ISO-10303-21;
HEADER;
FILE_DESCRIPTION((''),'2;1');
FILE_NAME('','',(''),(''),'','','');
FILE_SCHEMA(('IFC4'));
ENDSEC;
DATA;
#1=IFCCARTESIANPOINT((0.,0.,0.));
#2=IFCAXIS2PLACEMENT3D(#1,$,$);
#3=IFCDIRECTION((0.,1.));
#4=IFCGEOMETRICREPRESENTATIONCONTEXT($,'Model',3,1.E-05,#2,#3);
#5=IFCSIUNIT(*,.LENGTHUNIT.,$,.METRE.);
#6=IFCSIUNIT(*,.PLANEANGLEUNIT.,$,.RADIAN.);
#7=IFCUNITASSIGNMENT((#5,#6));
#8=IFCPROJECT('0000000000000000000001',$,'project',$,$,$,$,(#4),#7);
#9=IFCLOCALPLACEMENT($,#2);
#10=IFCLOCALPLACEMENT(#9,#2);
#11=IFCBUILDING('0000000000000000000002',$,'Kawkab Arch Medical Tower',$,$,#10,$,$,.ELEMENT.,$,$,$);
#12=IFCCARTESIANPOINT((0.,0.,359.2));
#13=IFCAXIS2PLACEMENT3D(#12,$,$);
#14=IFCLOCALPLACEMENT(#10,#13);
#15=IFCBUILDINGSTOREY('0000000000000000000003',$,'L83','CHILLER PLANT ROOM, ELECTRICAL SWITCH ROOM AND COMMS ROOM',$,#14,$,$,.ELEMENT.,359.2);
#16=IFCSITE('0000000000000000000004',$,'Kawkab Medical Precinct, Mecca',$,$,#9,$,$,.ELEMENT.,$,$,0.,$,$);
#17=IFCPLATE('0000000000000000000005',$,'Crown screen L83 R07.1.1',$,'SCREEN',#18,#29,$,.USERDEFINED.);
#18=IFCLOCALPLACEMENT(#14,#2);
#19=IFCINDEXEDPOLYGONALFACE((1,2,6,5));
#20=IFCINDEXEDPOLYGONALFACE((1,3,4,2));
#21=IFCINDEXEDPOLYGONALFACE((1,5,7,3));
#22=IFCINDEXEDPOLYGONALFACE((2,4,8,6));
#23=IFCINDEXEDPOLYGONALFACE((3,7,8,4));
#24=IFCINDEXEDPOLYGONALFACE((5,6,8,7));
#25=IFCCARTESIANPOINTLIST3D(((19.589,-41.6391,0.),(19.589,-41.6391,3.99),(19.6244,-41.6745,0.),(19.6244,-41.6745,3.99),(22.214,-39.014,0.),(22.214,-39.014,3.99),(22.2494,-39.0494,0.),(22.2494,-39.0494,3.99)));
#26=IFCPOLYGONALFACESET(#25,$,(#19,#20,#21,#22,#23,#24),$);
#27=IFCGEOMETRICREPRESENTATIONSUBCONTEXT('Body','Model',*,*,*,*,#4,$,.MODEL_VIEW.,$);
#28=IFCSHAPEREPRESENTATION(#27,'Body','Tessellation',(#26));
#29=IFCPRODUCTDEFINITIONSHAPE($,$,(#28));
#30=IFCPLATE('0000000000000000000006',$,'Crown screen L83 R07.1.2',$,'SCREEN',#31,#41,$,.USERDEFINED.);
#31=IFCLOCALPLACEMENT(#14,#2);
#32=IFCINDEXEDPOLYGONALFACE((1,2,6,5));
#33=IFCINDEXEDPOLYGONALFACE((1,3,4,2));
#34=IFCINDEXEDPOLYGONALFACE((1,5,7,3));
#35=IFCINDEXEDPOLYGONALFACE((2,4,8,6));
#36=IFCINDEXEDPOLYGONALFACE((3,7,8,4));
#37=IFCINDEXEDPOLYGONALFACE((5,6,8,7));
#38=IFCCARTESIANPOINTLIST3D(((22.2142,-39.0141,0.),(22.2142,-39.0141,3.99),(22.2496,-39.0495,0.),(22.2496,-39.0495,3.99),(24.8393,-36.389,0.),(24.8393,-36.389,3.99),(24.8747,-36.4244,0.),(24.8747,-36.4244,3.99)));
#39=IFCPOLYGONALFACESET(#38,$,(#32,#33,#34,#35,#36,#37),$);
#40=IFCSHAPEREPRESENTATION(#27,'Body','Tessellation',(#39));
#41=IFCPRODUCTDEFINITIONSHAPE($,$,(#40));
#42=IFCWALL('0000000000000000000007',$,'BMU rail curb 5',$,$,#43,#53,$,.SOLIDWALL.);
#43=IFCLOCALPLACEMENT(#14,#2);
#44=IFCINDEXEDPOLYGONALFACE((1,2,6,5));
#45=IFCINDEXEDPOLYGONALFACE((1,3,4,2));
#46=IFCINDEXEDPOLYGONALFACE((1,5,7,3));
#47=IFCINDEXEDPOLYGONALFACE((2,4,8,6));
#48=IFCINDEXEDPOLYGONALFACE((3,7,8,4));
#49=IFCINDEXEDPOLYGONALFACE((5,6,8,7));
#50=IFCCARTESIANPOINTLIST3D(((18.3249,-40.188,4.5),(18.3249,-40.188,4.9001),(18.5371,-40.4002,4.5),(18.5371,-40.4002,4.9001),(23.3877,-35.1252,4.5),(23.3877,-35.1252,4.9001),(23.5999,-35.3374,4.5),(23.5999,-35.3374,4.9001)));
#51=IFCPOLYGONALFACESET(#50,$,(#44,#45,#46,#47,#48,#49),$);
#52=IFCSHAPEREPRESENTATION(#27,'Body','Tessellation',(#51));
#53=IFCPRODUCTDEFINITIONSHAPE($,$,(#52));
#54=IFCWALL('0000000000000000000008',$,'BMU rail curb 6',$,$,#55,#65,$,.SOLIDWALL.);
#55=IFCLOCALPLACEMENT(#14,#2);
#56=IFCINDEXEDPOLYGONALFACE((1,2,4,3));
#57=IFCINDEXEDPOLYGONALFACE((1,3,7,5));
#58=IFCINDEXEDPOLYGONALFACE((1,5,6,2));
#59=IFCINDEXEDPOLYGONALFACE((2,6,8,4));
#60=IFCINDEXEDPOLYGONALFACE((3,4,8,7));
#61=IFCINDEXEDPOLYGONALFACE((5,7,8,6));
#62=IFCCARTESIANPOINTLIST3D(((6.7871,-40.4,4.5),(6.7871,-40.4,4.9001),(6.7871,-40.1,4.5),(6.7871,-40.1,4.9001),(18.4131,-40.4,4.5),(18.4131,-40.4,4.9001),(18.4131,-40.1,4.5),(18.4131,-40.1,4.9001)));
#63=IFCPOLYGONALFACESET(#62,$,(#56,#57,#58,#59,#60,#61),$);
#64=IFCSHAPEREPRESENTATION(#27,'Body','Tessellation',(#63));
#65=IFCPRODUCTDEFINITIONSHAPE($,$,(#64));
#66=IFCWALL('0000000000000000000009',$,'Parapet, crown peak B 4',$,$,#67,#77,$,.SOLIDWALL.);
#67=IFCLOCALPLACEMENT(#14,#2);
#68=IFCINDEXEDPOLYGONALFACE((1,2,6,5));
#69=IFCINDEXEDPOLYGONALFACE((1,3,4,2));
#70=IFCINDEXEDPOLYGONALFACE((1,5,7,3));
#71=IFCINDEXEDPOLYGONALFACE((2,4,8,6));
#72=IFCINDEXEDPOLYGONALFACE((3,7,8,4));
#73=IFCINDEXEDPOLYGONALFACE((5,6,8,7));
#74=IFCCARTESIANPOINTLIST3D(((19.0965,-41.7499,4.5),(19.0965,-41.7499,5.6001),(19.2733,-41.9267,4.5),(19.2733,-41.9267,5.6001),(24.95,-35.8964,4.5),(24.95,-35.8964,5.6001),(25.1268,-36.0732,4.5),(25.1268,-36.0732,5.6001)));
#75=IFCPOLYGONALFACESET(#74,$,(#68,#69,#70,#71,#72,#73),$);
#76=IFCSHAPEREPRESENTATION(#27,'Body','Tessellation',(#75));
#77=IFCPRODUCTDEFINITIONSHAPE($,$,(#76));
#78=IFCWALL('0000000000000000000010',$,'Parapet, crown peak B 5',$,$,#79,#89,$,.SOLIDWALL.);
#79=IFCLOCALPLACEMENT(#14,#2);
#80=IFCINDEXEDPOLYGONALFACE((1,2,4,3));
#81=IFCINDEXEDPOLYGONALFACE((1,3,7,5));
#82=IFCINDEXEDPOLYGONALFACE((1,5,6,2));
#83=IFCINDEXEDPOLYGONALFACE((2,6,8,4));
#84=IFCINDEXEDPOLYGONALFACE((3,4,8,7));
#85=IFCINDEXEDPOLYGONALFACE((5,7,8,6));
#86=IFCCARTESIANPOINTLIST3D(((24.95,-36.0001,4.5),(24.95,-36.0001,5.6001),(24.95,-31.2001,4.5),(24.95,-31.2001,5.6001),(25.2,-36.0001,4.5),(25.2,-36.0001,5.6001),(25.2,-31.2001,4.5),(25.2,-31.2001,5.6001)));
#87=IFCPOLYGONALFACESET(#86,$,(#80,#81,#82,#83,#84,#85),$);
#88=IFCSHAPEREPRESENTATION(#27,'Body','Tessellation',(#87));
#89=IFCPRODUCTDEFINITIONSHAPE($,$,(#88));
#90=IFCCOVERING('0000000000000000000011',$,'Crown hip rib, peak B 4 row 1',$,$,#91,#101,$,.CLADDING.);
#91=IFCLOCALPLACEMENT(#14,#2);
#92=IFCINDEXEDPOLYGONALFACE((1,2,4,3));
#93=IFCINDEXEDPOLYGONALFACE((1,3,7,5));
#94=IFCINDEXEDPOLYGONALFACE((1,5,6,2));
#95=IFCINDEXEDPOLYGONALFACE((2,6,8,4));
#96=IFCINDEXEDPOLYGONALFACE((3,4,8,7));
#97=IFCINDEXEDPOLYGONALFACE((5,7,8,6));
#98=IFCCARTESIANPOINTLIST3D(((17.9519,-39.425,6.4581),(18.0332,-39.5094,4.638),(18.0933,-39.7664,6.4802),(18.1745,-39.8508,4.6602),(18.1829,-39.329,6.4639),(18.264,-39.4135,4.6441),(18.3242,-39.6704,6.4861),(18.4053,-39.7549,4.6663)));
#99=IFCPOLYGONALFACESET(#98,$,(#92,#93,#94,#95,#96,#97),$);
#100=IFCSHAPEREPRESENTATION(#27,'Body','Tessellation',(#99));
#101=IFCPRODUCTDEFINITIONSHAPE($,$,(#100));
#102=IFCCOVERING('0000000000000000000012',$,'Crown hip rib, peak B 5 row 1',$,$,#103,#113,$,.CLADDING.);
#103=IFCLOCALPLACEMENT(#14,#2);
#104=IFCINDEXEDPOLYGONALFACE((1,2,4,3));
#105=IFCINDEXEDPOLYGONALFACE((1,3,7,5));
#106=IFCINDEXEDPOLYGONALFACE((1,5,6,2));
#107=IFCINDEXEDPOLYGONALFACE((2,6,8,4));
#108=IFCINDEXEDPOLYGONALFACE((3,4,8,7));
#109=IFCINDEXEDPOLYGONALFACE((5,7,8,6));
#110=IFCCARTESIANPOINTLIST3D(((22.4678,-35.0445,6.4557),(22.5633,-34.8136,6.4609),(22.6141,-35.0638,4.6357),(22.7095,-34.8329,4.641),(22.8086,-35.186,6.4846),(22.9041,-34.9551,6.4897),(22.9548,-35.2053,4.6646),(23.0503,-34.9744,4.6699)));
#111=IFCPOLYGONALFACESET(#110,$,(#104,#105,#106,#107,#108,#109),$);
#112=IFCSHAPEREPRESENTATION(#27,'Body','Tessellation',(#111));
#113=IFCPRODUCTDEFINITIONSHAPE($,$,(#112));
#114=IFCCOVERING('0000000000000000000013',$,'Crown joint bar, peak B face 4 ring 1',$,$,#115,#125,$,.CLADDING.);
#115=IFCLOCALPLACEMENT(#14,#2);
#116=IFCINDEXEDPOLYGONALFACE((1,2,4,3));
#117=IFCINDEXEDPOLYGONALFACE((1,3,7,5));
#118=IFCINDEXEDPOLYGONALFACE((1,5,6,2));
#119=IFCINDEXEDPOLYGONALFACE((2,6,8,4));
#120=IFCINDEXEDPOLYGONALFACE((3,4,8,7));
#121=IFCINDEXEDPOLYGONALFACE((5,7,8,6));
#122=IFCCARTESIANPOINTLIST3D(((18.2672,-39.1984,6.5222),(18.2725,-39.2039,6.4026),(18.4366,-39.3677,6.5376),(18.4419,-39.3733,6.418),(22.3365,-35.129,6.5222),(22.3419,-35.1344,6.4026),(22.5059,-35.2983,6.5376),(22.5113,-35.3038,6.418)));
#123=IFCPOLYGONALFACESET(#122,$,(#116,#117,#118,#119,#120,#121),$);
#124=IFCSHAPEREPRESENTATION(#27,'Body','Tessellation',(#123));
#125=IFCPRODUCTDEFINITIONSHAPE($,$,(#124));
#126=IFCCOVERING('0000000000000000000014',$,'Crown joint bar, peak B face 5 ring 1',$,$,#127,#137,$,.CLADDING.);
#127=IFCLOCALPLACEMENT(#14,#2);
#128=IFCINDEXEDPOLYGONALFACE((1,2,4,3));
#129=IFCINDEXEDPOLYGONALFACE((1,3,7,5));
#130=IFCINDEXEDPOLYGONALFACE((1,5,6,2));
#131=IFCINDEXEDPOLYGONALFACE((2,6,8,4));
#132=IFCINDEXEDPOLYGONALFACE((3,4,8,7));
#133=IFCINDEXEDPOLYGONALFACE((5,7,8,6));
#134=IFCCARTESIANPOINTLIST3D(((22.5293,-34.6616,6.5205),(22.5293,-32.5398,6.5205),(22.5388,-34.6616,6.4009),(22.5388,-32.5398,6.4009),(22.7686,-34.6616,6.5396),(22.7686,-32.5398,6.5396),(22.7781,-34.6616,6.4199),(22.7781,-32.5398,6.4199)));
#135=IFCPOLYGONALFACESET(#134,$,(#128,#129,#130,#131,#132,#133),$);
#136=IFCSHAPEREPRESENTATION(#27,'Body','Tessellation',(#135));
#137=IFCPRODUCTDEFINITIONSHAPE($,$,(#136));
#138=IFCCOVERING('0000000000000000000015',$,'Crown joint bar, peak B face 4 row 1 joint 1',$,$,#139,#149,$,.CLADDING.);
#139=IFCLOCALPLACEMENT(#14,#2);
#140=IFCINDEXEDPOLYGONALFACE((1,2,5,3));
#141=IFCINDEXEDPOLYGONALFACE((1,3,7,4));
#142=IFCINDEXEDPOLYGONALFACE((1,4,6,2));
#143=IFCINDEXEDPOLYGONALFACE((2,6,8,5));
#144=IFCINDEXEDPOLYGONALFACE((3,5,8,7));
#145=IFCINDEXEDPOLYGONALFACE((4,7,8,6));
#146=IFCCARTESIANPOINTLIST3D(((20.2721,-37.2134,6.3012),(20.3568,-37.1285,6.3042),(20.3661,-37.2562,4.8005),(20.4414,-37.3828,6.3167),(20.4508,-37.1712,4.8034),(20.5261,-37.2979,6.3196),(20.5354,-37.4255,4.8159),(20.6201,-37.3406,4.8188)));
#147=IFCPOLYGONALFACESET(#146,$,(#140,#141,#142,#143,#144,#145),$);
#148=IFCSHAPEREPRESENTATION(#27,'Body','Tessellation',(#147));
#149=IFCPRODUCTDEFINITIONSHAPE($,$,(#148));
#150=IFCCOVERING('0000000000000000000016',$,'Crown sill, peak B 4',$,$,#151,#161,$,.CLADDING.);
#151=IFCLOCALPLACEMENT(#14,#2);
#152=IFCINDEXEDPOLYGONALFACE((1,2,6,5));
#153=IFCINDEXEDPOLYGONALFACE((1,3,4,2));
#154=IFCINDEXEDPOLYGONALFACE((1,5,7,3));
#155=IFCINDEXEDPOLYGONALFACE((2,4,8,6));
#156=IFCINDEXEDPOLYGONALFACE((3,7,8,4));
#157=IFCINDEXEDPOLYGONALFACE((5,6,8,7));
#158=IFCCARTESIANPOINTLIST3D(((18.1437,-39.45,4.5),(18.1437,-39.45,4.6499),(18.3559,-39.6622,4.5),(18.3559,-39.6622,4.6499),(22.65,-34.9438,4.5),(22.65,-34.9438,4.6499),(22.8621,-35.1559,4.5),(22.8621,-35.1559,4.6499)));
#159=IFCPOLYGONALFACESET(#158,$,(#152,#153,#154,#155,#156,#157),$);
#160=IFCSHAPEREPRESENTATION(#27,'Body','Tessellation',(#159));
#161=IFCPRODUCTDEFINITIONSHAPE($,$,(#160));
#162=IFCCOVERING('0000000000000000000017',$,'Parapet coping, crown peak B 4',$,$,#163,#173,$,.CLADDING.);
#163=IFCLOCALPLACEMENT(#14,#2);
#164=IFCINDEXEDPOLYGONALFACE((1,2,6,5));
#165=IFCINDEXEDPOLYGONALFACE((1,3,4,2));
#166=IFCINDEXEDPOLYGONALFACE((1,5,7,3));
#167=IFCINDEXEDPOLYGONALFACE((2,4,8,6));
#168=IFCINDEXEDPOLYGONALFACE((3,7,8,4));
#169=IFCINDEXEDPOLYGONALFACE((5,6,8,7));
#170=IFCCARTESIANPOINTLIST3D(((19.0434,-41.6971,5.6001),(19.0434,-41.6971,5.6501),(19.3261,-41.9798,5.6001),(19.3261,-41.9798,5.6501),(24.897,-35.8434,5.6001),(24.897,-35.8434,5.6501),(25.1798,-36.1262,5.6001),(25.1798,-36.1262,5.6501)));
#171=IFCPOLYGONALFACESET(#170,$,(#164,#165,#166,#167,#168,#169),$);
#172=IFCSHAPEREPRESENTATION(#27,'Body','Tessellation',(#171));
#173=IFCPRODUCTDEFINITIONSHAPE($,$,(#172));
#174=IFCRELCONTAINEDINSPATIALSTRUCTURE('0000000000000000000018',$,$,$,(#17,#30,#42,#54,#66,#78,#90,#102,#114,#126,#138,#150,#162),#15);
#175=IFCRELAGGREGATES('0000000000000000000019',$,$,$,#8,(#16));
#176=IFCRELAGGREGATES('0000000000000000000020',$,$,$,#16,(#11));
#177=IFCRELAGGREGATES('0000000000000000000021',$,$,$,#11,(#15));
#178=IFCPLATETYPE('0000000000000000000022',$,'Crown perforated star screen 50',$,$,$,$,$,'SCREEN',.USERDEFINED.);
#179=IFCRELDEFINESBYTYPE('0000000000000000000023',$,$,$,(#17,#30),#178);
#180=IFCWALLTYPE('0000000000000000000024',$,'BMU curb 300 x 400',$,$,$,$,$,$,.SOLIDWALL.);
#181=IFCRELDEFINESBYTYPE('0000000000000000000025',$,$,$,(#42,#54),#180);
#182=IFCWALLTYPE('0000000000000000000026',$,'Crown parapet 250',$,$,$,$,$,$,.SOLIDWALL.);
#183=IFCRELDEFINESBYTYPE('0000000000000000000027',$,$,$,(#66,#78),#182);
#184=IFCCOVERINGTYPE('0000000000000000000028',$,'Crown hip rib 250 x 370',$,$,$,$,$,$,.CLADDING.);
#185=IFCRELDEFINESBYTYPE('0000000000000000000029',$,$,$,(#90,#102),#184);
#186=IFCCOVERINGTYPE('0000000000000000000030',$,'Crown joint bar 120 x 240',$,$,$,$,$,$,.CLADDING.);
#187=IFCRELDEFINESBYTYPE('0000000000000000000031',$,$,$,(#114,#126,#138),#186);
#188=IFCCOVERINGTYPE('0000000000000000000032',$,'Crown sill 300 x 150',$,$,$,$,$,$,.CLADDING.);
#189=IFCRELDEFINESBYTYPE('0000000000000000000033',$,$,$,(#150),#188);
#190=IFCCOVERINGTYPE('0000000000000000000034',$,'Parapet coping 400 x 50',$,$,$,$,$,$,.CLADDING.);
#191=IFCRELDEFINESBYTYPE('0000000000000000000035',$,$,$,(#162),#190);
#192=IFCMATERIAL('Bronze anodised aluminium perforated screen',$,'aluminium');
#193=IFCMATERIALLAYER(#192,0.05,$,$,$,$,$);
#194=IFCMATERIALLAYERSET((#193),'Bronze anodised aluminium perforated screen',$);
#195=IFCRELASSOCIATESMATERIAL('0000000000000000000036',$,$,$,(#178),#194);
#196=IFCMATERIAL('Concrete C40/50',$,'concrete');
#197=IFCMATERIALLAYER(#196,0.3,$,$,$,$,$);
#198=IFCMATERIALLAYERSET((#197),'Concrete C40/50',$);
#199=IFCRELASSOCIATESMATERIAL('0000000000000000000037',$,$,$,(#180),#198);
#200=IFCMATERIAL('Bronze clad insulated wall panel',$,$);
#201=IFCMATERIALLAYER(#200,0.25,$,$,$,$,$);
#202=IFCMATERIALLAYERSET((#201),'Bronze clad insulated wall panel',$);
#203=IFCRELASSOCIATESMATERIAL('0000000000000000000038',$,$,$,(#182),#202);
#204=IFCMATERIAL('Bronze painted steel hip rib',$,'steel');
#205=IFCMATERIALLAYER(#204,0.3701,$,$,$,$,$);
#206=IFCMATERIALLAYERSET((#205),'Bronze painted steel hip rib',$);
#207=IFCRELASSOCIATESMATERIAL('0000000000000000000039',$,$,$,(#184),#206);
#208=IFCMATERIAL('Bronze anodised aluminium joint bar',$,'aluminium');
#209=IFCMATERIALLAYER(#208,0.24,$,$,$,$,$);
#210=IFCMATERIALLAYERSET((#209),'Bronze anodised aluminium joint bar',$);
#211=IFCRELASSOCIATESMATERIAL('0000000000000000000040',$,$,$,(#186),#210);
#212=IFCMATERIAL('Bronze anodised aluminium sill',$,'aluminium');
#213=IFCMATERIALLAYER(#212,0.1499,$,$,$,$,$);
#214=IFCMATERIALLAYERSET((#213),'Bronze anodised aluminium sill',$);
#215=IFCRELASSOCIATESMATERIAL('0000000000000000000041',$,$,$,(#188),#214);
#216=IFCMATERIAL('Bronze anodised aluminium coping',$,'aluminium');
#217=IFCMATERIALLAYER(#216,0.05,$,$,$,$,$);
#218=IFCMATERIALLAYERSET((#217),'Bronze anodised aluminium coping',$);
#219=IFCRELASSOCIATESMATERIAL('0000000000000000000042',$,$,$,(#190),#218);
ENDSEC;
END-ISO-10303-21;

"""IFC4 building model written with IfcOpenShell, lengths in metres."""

from ifc_helpers import new_model, si_unit, direction, frame, frame_2d, origin, origin_2d, place, context, subcontext, project, spatial, polyline, rectangle, outline, extrude, material, layer, layer_set, type_object, element, save


model = new_model("IFC4")

# Units and contexts
model_context = context("Model", 3, precision=1e-05, world=origin(), true_north=direction((0.0, 1.0)))
body_context = subcontext(model_context, "Body", "Model", "MODEL_VIEW")
ifc_project = project(units=[si_unit("LENGTHUNIT", "METRE"), si_unit("PLANEANGLEUNIT", "RADIAN")], contexts=[model_context])

# Site, building, storey
site_placement = place(None, origin())
site = spatial("IfcSite", under=ifc_project, at=site_placement, Name="Kawkab Medical Precinct, Mecca", CompositionType="ELEMENT", RefElevation=0.0)
building_placement = place(site_placement, origin())
building = spatial("IfcBuilding", under=site, at=building_placement, Name="Kawkab Arch Medical Tower", CompositionType="ELEMENT")
storey_placement = place(building_placement, frame((0.0, 0.0, 359.2)))
storey = spatial("IfcBuildingStorey", under=building, at=storey_placement, Name="L83", Description="CHILLER PLANT ROOM, ELECTRICAL SWITCH ROOM AND COMMS ROOM", CompositionType="ELEMENT", Elevation=359.2)

# Plates
ifc_material_1 = material(Name="Bronze anodised aluminium perforated screen", Category="aluminium")
ifc_layer_1 = layer(ifc_material_1, 0.05)
ifc_layer_set_1 = layer_set([ifc_layer_1], Name="Bronze anodised aluminium perforated screen")
plate_type_1 = type_object("IfcPlateType", Name="Crown perforated star screen 50", ElementType="SCREEN", PredefinedType="USERDEFINED", material=ifc_layer_set_1)
for number, where, z_axis, x_axis, name in (
    (1, (20.9192, -40.3442, 0.0), (0.0, 0.0, 1.0), (0.707107, 0.707107, 0.0), "Crown screen L83 R07.1.1"),
    (2, (23.5444, -37.7192, 0.0), (0.0, 0.0, 1.0), (0.707107, 0.707107, 0.0), "Crown screen L83 R07.1.2"),
):
    element("IfcPlate", number, at=place(storey_placement, frame(where, z_axis=z_axis, x_axis=x_axis)), inside=storey, type_object=plate_type_1, Name=name, ObjectType="SCREEN", PredefinedType="USERDEFINED", context=body_context, shape_type="SweptSolid", body=[
        extrude(rectangle(XDim=3.7124, YDim=0.05, at=origin_2d()), origin(), (0.0, 0.0, 1.0), 3.99),
    ])

# Walls
ifc_material_2 = material(Name="Concrete C40/50", Category="concrete")
ifc_layer_2 = layer(ifc_material_2, 0.3)
ifc_layer_set_2 = layer_set([ifc_layer_2], Name="Concrete C40/50")
wall_type_1 = type_object("IfcWallType", Name="BMU curb 300 x 400", PredefinedType="SOLIDWALL", material=ifc_layer_set_2)
wall_1_placement = place(storey_placement, frame((23.4939, -35.2312, 4.5), z_axis=(0.0, 0.0, 1.0), x_axis=(-0.707107, -0.707107, 0.0)))
element("IfcWall", 3, at=wall_1_placement, inside=storey, type_object=wall_type_1, Name="BMU rail curb 5", PredefinedType="SOLIDWALL", context=body_context, shape_type="SweptSolid", body=[
    extrude(rectangle(XDim=7.1599, YDim=0.3, at=frame_2d((3.5801, 0.0))), origin(), (0.0, 0.0, 1.0), 0.4001),
])
wall_2_placement = place(storey_placement, frame((18.4131, -40.25, 4.5), z_axis=(0.0, 0.0, 1.0), x_axis=(-1.0, 0.0, 0.0)))
element("IfcWall", 4, at=wall_2_placement, inside=storey, type_object=wall_type_1, Name="BMU rail curb 6", PredefinedType="SOLIDWALL", context=body_context, shape_type="SweptSolid", body=[
    extrude(rectangle(XDim=11.626, YDim=0.3, at=frame_2d((5.813, 0.0))), origin(), (0.0, 0.0, 1.0), 0.4001),
])
ifc_material_3 = material(Name="Bronze clad insulated wall panel")
ifc_layer_3 = layer(ifc_material_3, 0.25)
ifc_layer_set_3 = layer_set([ifc_layer_3], Name="Bronze clad insulated wall panel")
wall_type_2 = type_object("IfcWallType", Name="Crown parapet 250", PredefinedType="SOLIDWALL", material=ifc_layer_set_3)
wall_3_placement = place(storey_placement, frame((19.1848, -41.8384, 4.5), z_axis=(0.0, 0.0, 1.0), x_axis=(0.707107, 0.707107, 0.0)))
element("IfcWall", 5, at=wall_3_placement, inside=storey, type_object=wall_type_2, Name="Parapet, crown peak B 4", PredefinedType="SOLIDWALL", context=body_context, shape_type="SweptSolid", body=[
    extrude(rectangle(XDim=8.2781, YDim=0.25, at=frame_2d((4.1392, 0.0))), origin(), (0.0, 0.0, 1.0), 1.1001),
])
wall_4_placement = place(storey_placement, frame((25.075, -36.0, 4.5), z_axis=(0.0, 0.0, 1.0), x_axis=(0.0, 1.0, 0.0)))
element("IfcWall", 6, at=wall_4_placement, inside=storey, type_object=wall_type_2, Name="Parapet, crown peak B 5", PredefinedType="SOLIDWALL", context=body_context, shape_type="SweptSolid", body=[
    extrude(rectangle(XDim=4.8, YDim=0.25, at=frame_2d((2.3999, 0.0))), origin(), (0.0, 0.0, 1.0), 1.1001),
])

# Coverings
ifc_material_4 = material(Name="Bronze painted steel hip rib", Category="steel")
ifc_layer_4 = layer(ifc_material_4, 0.3701)
ifc_layer_set_4 = layer_set([ifc_layer_4], Name="Bronze painted steel hip rib")
covering_type_1 = type_object("IfcCoveringType", Name="Crown hip rib 250 x 370", PredefinedType="CLADDING", material=ifc_layer_set_4)
covering_1_placement = place(storey_placement, frame((18.4053, -39.7549, 4.6663), z_axis=(0.381807, -0.922303, 0.059839), x_axis=(-0.044456, 0.046342, 0.997936)))
element("IfcCovering", 7, at=covering_1_placement, inside=storey, type_object=covering_type_1, Name="Crown hip rib, peak B 4 row 1", PredefinedType="CLADDING", context=body_context, shape_type="SweptSolid", body=[
    extrude(outline(polyline([(0.0, 0.0), (1.8236, 0.0), (1.8236, 0.2502), (-0.0003, 0.2499), (0.0, 0.0)])), origin(), (0.0, 0.0, -1.0), 0.3701),
])
covering_2_placement = place(storey_placement, frame((23.0503, -34.9744, 4.6699), z_axis=(0.920726, -0.382327, 0.078036), x_axis=(-0.080092, 0.010562, 0.996732)))
element("IfcCovering", 8, at=covering_2_placement, inside=storey, type_object=covering_type_1, Name="Crown hip rib, peak B 5 row 1", PredefinedType="CLADDING", context=body_context, shape_type="SweptSolid", body=[
    extrude(outline(polyline([(0.0, 0.0), (1.8258, 0.0), (1.8259, 0.25), (-0.0001, 0.25), (0.0, 0.0)])), origin(), (0.0, 0.0, -1.0), 0.3701),
])
ifc_material_5 = material(Name="Bronze anodised aluminium joint bar", Category="aluminium")
ifc_layer_5 = layer(ifc_material_5, 0.24)
ifc_layer_set_5 = layer_set([ifc_layer_5], Name="Bronze anodised aluminium joint bar")
covering_type_2 = type_object("IfcCoveringType", Name="Crown joint bar 120 x 240", PredefinedType="CLADDING", material=ifc_layer_set_5)
covering_3_placement = place(storey_placement, frame((18.4419, -39.3733, 6.418), z_axis=(0.705664, -0.705643, 0.064085), x_axis=(0.707096, 0.707117, 0.000001)))
element("IfcCovering", 9, at=covering_3_placement, inside=storey, type_object=covering_type_2, Name="Crown joint bar, peak B face 4 ring 1", PredefinedType="CLADDING", context=body_context, shape_type="SweptSolid", body=[
    extrude(outline(polyline([(0.0, 0.0), (5.7551, 0.0), (5.7551, 0.1199), (0.0002, 0.1199), (0.0, 0.0)])), origin(), (0.0, 0.0, -1.0), 0.24),
])
covering_4_placement = place(storey_placement, frame((22.7781, -34.6616, 6.4199), z_axis=(0.996848, 0.0, 0.079341), x_axis=(0.0, 1.0, 0.0)))
element("IfcCovering", 10, at=covering_4_placement, inside=storey, type_object=covering_type_2, Name="Crown joint bar, peak B face 5 ring 1", PredefinedType="CLADDING", context=body_context, shape_type="SweptSolid", body=[
    extrude(outline(polyline([(0.0, 0.0), (2.1218, 0.0), (2.1218, 0.12), (0.0, 0.12), (0.0, 0.0)])), origin(), (0.0, 0.0, -1.0), 0.24),
])
covering_5_placement = place(storey_placement, frame((20.6201, -37.3406, 4.8188), z_axis=(0.70555, -0.705739, 0.064282), x_axis=(-0.062484, 0.028402, 0.997642)))
element("IfcCovering", 11, at=covering_5_placement, inside=storey, type_object=covering_type_2, Name="Crown joint bar, peak B face 4 row 1 joint 1", PredefinedType="CLADDING", context=body_context, shape_type="SweptSolid", body=[
    extrude(outline(polyline([(0.0, 0.0), (1.5043, 0.0), (1.5042, 0.12), (0.0, 0.12), (0.0, 0.0)])), origin(), (0.0, 0.0, -1.0), 0.24),
])
ifc_material_6 = material(Name="Bronze anodised aluminium sill", Category="aluminium")
ifc_layer_6 = layer(ifc_material_6, 0.1499)
ifc_layer_set_6 = layer_set([ifc_layer_6], Name="Bronze anodised aluminium sill")
covering_type_3 = type_object("IfcCoveringType", Name="Crown sill 300 x 150", PredefinedType="CLADDING", material=ifc_layer_set_6)
covering_6_placement = place(storey_placement, frame((20.5029, -37.303, 4.5), z_axis=(0.0, 0.0, 1.0), x_axis=(0.707107, 0.707107, 0.0)))
element("IfcCovering", 12, at=covering_6_placement, inside=storey, type_object=covering_type_3, Name="Crown sill, peak B 4", PredefinedType="CLADDING", context=body_context, shape_type="SweptSolid", body=[
    extrude(rectangle(XDim=6.3728, YDim=0.3, at=origin_2d()), origin(), (0.0, 0.0, 1.0), 0.1499),
])
ifc_material_7 = material(Name="Bronze anodised aluminium coping", Category="aluminium")
ifc_layer_7 = layer(ifc_material_7, 0.05)
ifc_layer_set_7 = layer_set([ifc_layer_7], Name="Bronze anodised aluminium coping")
covering_type_4 = type_object("IfcCoveringType", Name="Parapet coping 400 x 50", PredefinedType="CLADDING", material=ifc_layer_set_7)
covering_7_placement = place(storey_placement, frame((22.1116, -38.9116, 5.6001), z_axis=(0.0, 0.0, 1.0), x_axis=(0.707107, 0.707107, 0.0)))
element("IfcCovering", 13, at=covering_7_placement, inside=storey, type_object=covering_type_4, Name="Parapet coping, crown peak B 4", PredefinedType="CLADDING", context=body_context, shape_type="SweptSolid", body=[
    extrude(rectangle(XDim=8.2783, YDim=0.3999, at=origin_2d()), origin(), (0.0, 0.0, 1.0), 0.05),
])

save(model, "model.ifc")
